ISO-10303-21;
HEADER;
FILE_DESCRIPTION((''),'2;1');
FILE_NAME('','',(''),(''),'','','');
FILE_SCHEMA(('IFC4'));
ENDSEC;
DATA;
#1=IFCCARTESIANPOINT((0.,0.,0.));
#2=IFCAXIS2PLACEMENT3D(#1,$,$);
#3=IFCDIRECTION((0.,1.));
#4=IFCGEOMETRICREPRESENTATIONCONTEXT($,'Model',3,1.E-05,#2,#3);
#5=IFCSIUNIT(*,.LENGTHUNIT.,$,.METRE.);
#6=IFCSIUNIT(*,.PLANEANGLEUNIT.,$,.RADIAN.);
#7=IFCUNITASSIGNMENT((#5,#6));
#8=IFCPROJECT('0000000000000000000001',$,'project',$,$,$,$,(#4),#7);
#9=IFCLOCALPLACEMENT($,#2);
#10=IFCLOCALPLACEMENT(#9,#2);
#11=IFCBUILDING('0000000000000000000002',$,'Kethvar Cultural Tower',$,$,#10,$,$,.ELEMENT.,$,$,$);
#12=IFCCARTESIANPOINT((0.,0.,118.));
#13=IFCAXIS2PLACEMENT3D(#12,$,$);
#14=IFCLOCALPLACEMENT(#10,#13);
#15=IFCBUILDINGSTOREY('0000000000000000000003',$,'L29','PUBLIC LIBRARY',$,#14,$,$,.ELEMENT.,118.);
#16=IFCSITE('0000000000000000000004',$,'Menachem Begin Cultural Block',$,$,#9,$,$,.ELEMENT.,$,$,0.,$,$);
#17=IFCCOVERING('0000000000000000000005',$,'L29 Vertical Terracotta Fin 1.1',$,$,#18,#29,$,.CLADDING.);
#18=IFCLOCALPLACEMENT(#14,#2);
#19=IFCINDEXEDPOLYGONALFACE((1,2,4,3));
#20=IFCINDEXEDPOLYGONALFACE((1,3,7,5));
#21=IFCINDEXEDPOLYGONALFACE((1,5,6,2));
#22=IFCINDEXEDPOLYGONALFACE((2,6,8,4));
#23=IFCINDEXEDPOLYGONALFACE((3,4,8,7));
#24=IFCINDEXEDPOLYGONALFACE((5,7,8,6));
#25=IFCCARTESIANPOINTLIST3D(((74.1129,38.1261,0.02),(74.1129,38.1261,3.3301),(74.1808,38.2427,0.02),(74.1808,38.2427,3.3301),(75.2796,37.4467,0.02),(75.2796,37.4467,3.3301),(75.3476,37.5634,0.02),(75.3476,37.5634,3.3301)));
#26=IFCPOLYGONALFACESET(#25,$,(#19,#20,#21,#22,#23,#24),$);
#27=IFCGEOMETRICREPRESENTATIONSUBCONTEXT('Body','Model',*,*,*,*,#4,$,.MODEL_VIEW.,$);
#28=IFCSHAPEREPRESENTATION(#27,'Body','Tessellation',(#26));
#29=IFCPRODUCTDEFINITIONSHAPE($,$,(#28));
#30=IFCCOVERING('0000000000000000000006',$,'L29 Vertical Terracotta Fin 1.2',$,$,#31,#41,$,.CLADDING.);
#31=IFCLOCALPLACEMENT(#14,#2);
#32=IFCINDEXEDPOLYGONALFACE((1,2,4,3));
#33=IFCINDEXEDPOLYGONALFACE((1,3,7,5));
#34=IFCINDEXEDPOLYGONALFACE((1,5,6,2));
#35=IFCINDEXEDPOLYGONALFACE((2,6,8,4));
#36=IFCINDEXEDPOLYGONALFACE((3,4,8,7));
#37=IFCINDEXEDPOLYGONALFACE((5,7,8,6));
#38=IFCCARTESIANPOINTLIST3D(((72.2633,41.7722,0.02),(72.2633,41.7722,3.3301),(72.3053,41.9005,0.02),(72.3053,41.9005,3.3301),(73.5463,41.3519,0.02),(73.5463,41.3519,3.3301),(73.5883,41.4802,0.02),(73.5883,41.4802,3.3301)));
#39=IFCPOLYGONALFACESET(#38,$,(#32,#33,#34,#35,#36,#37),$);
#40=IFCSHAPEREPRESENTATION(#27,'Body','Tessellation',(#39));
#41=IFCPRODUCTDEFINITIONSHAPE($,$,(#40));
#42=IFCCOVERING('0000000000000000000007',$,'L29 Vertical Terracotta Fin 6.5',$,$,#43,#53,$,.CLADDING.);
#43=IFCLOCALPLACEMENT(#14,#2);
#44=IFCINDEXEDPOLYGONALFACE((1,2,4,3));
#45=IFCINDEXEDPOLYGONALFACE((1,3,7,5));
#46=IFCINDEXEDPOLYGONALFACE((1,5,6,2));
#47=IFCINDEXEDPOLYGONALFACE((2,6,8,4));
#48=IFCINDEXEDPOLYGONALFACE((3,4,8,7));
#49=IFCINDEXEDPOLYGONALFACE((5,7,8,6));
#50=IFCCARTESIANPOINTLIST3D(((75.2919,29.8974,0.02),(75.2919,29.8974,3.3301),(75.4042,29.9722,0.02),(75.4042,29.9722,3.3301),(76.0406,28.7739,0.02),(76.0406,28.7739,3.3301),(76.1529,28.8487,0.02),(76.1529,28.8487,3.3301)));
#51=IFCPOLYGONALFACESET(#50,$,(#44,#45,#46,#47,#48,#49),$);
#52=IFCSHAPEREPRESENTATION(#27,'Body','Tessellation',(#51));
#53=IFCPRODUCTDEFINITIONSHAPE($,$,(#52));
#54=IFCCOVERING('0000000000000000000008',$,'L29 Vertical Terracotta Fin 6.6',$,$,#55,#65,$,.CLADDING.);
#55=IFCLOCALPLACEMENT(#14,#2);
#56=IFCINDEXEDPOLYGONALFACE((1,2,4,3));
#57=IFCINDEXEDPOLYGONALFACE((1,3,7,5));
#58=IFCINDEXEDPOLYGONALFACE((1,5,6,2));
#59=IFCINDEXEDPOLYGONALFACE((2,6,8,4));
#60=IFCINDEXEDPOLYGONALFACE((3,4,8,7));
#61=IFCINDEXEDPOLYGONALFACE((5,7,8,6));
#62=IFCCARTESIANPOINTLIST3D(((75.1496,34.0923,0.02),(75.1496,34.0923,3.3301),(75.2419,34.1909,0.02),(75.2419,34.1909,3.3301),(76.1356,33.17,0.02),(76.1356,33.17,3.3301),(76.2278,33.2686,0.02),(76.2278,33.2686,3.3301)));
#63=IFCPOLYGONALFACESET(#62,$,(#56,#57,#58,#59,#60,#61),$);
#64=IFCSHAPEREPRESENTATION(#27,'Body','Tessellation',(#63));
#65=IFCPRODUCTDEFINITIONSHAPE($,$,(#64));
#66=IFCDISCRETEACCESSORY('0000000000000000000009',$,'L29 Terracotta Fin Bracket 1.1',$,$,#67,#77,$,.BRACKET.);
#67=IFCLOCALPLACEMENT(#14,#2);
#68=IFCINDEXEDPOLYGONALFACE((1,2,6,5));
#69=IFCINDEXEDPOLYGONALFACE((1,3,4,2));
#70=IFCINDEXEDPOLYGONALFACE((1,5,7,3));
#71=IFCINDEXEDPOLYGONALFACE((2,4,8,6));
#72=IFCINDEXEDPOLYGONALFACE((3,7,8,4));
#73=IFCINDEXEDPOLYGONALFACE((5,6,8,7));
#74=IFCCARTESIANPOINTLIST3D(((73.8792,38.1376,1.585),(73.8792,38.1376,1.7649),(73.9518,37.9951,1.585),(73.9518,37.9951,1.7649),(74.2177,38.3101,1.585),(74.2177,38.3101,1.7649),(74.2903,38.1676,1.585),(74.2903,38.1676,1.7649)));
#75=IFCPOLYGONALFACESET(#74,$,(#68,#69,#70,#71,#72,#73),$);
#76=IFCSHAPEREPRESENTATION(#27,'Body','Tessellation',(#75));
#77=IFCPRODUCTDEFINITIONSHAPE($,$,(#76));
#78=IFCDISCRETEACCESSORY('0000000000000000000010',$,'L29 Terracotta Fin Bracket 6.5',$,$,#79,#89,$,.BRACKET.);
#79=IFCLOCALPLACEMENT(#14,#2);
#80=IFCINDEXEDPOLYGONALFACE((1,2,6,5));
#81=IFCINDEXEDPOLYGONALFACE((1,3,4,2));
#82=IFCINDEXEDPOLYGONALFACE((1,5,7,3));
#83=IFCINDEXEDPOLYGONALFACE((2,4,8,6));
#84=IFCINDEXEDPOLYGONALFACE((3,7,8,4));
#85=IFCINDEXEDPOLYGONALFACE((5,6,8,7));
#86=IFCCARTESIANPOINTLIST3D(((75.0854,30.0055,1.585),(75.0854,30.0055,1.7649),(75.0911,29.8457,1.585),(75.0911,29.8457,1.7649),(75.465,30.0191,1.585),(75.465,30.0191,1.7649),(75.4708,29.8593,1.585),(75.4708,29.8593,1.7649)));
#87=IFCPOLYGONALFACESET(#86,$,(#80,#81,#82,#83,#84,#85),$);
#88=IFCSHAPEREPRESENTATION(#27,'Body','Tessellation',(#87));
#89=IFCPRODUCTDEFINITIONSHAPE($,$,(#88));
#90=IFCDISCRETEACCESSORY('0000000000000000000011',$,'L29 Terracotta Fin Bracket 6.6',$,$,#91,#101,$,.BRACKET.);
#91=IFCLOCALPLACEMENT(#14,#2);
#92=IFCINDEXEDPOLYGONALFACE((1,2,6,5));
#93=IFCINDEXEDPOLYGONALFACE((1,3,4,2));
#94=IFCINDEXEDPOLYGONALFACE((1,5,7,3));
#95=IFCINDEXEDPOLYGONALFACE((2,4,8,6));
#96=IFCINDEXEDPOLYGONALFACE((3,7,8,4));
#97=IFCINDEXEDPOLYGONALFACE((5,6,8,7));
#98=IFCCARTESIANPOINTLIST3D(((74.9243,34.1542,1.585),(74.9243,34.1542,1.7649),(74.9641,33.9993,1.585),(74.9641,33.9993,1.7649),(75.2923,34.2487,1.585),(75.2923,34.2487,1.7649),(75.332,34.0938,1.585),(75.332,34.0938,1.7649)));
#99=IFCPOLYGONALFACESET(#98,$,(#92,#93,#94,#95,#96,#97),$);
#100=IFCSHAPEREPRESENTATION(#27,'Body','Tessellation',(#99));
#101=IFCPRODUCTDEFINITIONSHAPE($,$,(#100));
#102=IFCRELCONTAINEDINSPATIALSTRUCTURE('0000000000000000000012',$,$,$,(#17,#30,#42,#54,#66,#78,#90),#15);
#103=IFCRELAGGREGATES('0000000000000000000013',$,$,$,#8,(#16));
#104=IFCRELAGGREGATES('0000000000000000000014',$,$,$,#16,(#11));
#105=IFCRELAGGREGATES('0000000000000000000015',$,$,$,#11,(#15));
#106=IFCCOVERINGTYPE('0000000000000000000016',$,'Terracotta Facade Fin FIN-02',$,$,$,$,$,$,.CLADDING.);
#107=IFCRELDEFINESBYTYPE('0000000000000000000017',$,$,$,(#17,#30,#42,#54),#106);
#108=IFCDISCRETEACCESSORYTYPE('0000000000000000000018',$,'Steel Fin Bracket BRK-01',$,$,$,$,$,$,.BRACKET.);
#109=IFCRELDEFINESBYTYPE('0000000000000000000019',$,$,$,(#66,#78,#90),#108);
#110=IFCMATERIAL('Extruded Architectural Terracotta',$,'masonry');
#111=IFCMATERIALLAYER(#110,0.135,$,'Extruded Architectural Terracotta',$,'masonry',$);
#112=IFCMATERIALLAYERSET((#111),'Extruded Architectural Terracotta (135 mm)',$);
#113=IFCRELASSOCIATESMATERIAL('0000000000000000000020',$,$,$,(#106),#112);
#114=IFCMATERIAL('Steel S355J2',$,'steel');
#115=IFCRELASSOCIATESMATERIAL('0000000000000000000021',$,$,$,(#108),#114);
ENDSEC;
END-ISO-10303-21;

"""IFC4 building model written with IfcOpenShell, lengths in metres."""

from ifc_helpers import new_model, si_unit, direction, frame, origin, origin_2d, place, context, subcontext, project, spatial, rectangle, extrude, source, transform, mapped, material, layer, layer_set, type_object, element, save


model = new_model("IFC4")

# Units and contexts
model_context = context("Model", 3, precision=1e-05, world=origin(), true_north=direction((0.0, 1.0)))
body_context = subcontext(model_context, "Body", "Model", "MODEL_VIEW")
ifc_project = project(units=[si_unit("LENGTHUNIT", "METRE"), si_unit("PLANEANGLEUNIT", "RADIAN")], contexts=[model_context])

# Site, building, storey
site_placement = place(None, origin())
site = spatial("IfcSite", under=ifc_project, at=site_placement, Name="Menachem Begin Cultural Block", CompositionType="ELEMENT", RefElevation=0.0)
building_placement = place(site_placement, origin())
building = spatial("IfcBuilding", under=site, at=building_placement, Name="Kethvar Cultural Tower", CompositionType="ELEMENT")
storey_placement = place(building_placement, frame((0.0, 0.0, 118.0)))
storey = spatial("IfcBuildingStorey", under=building, at=storey_placement, Name="L29", Description="PUBLIC LIBRARY", CompositionType="ELEMENT", Elevation=118.0)

# Shared definitions
ifc_material_1 = material(Name="Steel S355J2", Category="steel")

# Coverings
ifc_material_2 = material(Name="Extruded Architectural Terracotta", Category="masonry")
ifc_layer_1 = layer(ifc_material_2, 0.135, Name="Extruded Architectural Terracotta", Category="masonry")
ifc_layer_set_1 = layer_set([ifc_layer_1], Name="Extruded Architectural Terracotta (135 mm)")
covering_type = type_object("IfcCoveringType", Name="Terracotta Facade Fin FIN-02", PredefinedType="CLADDING", material=ifc_layer_set_1)
shared_shape_1 = source(origin(), body_context, "Body", "SweptSolid", [
    extrude(rectangle(XDim=1.3501, YDim=0.135, at=origin_2d()), origin(), (0.0, 0.0, 1.0), 3.3101),
])
for number, where, z_axis, x_axis, name in (
    (1, (74.7302, 37.8447, 0.02), (0.0, 0.0, 1.0), (0.864187, -0.503171, 0.0), "L29 Vertical Terracotta Fin 1.1"),
    (2, (72.9258, 41.6262, 0.02), (0.0, 0.0, 1.0), (0.950299, -0.31134, 0.0), "L29 Vertical Terracotta Fin 1.2"),
    (3, (75.7224, 29.373, 0.02), (0.0, 0.0, 1.0), (0.554554, -0.832148, 0.0), "L29 Vertical Terracotta Fin 6.5"),
    (4, (75.6887, 33.6804, 0.02), (0.0, 0.0, 1.0), (0.730282, -0.683146, 0.0), "L29 Vertical Terracotta Fin 6.6"),
):
    element("IfcCovering", number, at=place(storey_placement, frame(where, z_axis=z_axis, x_axis=x_axis)), inside=storey, type_object=covering_type, Name=name, PredefinedType="CLADDING", context=body_context, shape_type="MappedRepresentation", body=[
        mapped(shared_shape_1, transform((0.0, 0.0, 0.0), scale=1.0)),
    ])

# Discrete accessories
discrete_accessory_type = type_object("IfcDiscreteAccessoryType", Name="Steel Fin Bracket BRK-01", PredefinedType="BRACKET", material=ifc_material_1)
shared_shape_2 = source(origin(), body_context, "Body", "SweptSolid", [
    extrude(rectangle(XDim=0.3799, YDim=0.1599, at=origin_2d()), origin(), (0.0, 0.0, 1.0), 0.1799),
])
for number, where, z_axis, x_axis, name in (
    (5, (74.0847, 38.1526, 1.585), (0.0, 0.0, 1.0), (0.891007, 0.45399, 0.0), "L29 Terracotta Fin Bracket 1.1"),
    (6, (75.2781, 29.9324, 1.585), (0.0, 0.0, 1.0), (0.99936, 0.035772, 0.0), "L29 Terracotta Fin Bracket 6.5"),
    (7, (75.1282, 34.124, 1.585), (0.0, 0.0, 1.0), (0.968583, 0.24869, 0.0), "L29 Terracotta Fin Bracket 6.6"),
):
    element("IfcDiscreteAccessory", number, at=place(storey_placement, frame(where, z_axis=z_axis, x_axis=x_axis)), inside=storey, type_object=discrete_accessory_type, Name=name, PredefinedType="BRACKET", context=body_context, shape_type="MappedRepresentation", body=[
        mapped(shared_shape_2, transform((0.0, 0.0, 0.0), scale=1.0)),
    ])

save(model, "model.ifc")
